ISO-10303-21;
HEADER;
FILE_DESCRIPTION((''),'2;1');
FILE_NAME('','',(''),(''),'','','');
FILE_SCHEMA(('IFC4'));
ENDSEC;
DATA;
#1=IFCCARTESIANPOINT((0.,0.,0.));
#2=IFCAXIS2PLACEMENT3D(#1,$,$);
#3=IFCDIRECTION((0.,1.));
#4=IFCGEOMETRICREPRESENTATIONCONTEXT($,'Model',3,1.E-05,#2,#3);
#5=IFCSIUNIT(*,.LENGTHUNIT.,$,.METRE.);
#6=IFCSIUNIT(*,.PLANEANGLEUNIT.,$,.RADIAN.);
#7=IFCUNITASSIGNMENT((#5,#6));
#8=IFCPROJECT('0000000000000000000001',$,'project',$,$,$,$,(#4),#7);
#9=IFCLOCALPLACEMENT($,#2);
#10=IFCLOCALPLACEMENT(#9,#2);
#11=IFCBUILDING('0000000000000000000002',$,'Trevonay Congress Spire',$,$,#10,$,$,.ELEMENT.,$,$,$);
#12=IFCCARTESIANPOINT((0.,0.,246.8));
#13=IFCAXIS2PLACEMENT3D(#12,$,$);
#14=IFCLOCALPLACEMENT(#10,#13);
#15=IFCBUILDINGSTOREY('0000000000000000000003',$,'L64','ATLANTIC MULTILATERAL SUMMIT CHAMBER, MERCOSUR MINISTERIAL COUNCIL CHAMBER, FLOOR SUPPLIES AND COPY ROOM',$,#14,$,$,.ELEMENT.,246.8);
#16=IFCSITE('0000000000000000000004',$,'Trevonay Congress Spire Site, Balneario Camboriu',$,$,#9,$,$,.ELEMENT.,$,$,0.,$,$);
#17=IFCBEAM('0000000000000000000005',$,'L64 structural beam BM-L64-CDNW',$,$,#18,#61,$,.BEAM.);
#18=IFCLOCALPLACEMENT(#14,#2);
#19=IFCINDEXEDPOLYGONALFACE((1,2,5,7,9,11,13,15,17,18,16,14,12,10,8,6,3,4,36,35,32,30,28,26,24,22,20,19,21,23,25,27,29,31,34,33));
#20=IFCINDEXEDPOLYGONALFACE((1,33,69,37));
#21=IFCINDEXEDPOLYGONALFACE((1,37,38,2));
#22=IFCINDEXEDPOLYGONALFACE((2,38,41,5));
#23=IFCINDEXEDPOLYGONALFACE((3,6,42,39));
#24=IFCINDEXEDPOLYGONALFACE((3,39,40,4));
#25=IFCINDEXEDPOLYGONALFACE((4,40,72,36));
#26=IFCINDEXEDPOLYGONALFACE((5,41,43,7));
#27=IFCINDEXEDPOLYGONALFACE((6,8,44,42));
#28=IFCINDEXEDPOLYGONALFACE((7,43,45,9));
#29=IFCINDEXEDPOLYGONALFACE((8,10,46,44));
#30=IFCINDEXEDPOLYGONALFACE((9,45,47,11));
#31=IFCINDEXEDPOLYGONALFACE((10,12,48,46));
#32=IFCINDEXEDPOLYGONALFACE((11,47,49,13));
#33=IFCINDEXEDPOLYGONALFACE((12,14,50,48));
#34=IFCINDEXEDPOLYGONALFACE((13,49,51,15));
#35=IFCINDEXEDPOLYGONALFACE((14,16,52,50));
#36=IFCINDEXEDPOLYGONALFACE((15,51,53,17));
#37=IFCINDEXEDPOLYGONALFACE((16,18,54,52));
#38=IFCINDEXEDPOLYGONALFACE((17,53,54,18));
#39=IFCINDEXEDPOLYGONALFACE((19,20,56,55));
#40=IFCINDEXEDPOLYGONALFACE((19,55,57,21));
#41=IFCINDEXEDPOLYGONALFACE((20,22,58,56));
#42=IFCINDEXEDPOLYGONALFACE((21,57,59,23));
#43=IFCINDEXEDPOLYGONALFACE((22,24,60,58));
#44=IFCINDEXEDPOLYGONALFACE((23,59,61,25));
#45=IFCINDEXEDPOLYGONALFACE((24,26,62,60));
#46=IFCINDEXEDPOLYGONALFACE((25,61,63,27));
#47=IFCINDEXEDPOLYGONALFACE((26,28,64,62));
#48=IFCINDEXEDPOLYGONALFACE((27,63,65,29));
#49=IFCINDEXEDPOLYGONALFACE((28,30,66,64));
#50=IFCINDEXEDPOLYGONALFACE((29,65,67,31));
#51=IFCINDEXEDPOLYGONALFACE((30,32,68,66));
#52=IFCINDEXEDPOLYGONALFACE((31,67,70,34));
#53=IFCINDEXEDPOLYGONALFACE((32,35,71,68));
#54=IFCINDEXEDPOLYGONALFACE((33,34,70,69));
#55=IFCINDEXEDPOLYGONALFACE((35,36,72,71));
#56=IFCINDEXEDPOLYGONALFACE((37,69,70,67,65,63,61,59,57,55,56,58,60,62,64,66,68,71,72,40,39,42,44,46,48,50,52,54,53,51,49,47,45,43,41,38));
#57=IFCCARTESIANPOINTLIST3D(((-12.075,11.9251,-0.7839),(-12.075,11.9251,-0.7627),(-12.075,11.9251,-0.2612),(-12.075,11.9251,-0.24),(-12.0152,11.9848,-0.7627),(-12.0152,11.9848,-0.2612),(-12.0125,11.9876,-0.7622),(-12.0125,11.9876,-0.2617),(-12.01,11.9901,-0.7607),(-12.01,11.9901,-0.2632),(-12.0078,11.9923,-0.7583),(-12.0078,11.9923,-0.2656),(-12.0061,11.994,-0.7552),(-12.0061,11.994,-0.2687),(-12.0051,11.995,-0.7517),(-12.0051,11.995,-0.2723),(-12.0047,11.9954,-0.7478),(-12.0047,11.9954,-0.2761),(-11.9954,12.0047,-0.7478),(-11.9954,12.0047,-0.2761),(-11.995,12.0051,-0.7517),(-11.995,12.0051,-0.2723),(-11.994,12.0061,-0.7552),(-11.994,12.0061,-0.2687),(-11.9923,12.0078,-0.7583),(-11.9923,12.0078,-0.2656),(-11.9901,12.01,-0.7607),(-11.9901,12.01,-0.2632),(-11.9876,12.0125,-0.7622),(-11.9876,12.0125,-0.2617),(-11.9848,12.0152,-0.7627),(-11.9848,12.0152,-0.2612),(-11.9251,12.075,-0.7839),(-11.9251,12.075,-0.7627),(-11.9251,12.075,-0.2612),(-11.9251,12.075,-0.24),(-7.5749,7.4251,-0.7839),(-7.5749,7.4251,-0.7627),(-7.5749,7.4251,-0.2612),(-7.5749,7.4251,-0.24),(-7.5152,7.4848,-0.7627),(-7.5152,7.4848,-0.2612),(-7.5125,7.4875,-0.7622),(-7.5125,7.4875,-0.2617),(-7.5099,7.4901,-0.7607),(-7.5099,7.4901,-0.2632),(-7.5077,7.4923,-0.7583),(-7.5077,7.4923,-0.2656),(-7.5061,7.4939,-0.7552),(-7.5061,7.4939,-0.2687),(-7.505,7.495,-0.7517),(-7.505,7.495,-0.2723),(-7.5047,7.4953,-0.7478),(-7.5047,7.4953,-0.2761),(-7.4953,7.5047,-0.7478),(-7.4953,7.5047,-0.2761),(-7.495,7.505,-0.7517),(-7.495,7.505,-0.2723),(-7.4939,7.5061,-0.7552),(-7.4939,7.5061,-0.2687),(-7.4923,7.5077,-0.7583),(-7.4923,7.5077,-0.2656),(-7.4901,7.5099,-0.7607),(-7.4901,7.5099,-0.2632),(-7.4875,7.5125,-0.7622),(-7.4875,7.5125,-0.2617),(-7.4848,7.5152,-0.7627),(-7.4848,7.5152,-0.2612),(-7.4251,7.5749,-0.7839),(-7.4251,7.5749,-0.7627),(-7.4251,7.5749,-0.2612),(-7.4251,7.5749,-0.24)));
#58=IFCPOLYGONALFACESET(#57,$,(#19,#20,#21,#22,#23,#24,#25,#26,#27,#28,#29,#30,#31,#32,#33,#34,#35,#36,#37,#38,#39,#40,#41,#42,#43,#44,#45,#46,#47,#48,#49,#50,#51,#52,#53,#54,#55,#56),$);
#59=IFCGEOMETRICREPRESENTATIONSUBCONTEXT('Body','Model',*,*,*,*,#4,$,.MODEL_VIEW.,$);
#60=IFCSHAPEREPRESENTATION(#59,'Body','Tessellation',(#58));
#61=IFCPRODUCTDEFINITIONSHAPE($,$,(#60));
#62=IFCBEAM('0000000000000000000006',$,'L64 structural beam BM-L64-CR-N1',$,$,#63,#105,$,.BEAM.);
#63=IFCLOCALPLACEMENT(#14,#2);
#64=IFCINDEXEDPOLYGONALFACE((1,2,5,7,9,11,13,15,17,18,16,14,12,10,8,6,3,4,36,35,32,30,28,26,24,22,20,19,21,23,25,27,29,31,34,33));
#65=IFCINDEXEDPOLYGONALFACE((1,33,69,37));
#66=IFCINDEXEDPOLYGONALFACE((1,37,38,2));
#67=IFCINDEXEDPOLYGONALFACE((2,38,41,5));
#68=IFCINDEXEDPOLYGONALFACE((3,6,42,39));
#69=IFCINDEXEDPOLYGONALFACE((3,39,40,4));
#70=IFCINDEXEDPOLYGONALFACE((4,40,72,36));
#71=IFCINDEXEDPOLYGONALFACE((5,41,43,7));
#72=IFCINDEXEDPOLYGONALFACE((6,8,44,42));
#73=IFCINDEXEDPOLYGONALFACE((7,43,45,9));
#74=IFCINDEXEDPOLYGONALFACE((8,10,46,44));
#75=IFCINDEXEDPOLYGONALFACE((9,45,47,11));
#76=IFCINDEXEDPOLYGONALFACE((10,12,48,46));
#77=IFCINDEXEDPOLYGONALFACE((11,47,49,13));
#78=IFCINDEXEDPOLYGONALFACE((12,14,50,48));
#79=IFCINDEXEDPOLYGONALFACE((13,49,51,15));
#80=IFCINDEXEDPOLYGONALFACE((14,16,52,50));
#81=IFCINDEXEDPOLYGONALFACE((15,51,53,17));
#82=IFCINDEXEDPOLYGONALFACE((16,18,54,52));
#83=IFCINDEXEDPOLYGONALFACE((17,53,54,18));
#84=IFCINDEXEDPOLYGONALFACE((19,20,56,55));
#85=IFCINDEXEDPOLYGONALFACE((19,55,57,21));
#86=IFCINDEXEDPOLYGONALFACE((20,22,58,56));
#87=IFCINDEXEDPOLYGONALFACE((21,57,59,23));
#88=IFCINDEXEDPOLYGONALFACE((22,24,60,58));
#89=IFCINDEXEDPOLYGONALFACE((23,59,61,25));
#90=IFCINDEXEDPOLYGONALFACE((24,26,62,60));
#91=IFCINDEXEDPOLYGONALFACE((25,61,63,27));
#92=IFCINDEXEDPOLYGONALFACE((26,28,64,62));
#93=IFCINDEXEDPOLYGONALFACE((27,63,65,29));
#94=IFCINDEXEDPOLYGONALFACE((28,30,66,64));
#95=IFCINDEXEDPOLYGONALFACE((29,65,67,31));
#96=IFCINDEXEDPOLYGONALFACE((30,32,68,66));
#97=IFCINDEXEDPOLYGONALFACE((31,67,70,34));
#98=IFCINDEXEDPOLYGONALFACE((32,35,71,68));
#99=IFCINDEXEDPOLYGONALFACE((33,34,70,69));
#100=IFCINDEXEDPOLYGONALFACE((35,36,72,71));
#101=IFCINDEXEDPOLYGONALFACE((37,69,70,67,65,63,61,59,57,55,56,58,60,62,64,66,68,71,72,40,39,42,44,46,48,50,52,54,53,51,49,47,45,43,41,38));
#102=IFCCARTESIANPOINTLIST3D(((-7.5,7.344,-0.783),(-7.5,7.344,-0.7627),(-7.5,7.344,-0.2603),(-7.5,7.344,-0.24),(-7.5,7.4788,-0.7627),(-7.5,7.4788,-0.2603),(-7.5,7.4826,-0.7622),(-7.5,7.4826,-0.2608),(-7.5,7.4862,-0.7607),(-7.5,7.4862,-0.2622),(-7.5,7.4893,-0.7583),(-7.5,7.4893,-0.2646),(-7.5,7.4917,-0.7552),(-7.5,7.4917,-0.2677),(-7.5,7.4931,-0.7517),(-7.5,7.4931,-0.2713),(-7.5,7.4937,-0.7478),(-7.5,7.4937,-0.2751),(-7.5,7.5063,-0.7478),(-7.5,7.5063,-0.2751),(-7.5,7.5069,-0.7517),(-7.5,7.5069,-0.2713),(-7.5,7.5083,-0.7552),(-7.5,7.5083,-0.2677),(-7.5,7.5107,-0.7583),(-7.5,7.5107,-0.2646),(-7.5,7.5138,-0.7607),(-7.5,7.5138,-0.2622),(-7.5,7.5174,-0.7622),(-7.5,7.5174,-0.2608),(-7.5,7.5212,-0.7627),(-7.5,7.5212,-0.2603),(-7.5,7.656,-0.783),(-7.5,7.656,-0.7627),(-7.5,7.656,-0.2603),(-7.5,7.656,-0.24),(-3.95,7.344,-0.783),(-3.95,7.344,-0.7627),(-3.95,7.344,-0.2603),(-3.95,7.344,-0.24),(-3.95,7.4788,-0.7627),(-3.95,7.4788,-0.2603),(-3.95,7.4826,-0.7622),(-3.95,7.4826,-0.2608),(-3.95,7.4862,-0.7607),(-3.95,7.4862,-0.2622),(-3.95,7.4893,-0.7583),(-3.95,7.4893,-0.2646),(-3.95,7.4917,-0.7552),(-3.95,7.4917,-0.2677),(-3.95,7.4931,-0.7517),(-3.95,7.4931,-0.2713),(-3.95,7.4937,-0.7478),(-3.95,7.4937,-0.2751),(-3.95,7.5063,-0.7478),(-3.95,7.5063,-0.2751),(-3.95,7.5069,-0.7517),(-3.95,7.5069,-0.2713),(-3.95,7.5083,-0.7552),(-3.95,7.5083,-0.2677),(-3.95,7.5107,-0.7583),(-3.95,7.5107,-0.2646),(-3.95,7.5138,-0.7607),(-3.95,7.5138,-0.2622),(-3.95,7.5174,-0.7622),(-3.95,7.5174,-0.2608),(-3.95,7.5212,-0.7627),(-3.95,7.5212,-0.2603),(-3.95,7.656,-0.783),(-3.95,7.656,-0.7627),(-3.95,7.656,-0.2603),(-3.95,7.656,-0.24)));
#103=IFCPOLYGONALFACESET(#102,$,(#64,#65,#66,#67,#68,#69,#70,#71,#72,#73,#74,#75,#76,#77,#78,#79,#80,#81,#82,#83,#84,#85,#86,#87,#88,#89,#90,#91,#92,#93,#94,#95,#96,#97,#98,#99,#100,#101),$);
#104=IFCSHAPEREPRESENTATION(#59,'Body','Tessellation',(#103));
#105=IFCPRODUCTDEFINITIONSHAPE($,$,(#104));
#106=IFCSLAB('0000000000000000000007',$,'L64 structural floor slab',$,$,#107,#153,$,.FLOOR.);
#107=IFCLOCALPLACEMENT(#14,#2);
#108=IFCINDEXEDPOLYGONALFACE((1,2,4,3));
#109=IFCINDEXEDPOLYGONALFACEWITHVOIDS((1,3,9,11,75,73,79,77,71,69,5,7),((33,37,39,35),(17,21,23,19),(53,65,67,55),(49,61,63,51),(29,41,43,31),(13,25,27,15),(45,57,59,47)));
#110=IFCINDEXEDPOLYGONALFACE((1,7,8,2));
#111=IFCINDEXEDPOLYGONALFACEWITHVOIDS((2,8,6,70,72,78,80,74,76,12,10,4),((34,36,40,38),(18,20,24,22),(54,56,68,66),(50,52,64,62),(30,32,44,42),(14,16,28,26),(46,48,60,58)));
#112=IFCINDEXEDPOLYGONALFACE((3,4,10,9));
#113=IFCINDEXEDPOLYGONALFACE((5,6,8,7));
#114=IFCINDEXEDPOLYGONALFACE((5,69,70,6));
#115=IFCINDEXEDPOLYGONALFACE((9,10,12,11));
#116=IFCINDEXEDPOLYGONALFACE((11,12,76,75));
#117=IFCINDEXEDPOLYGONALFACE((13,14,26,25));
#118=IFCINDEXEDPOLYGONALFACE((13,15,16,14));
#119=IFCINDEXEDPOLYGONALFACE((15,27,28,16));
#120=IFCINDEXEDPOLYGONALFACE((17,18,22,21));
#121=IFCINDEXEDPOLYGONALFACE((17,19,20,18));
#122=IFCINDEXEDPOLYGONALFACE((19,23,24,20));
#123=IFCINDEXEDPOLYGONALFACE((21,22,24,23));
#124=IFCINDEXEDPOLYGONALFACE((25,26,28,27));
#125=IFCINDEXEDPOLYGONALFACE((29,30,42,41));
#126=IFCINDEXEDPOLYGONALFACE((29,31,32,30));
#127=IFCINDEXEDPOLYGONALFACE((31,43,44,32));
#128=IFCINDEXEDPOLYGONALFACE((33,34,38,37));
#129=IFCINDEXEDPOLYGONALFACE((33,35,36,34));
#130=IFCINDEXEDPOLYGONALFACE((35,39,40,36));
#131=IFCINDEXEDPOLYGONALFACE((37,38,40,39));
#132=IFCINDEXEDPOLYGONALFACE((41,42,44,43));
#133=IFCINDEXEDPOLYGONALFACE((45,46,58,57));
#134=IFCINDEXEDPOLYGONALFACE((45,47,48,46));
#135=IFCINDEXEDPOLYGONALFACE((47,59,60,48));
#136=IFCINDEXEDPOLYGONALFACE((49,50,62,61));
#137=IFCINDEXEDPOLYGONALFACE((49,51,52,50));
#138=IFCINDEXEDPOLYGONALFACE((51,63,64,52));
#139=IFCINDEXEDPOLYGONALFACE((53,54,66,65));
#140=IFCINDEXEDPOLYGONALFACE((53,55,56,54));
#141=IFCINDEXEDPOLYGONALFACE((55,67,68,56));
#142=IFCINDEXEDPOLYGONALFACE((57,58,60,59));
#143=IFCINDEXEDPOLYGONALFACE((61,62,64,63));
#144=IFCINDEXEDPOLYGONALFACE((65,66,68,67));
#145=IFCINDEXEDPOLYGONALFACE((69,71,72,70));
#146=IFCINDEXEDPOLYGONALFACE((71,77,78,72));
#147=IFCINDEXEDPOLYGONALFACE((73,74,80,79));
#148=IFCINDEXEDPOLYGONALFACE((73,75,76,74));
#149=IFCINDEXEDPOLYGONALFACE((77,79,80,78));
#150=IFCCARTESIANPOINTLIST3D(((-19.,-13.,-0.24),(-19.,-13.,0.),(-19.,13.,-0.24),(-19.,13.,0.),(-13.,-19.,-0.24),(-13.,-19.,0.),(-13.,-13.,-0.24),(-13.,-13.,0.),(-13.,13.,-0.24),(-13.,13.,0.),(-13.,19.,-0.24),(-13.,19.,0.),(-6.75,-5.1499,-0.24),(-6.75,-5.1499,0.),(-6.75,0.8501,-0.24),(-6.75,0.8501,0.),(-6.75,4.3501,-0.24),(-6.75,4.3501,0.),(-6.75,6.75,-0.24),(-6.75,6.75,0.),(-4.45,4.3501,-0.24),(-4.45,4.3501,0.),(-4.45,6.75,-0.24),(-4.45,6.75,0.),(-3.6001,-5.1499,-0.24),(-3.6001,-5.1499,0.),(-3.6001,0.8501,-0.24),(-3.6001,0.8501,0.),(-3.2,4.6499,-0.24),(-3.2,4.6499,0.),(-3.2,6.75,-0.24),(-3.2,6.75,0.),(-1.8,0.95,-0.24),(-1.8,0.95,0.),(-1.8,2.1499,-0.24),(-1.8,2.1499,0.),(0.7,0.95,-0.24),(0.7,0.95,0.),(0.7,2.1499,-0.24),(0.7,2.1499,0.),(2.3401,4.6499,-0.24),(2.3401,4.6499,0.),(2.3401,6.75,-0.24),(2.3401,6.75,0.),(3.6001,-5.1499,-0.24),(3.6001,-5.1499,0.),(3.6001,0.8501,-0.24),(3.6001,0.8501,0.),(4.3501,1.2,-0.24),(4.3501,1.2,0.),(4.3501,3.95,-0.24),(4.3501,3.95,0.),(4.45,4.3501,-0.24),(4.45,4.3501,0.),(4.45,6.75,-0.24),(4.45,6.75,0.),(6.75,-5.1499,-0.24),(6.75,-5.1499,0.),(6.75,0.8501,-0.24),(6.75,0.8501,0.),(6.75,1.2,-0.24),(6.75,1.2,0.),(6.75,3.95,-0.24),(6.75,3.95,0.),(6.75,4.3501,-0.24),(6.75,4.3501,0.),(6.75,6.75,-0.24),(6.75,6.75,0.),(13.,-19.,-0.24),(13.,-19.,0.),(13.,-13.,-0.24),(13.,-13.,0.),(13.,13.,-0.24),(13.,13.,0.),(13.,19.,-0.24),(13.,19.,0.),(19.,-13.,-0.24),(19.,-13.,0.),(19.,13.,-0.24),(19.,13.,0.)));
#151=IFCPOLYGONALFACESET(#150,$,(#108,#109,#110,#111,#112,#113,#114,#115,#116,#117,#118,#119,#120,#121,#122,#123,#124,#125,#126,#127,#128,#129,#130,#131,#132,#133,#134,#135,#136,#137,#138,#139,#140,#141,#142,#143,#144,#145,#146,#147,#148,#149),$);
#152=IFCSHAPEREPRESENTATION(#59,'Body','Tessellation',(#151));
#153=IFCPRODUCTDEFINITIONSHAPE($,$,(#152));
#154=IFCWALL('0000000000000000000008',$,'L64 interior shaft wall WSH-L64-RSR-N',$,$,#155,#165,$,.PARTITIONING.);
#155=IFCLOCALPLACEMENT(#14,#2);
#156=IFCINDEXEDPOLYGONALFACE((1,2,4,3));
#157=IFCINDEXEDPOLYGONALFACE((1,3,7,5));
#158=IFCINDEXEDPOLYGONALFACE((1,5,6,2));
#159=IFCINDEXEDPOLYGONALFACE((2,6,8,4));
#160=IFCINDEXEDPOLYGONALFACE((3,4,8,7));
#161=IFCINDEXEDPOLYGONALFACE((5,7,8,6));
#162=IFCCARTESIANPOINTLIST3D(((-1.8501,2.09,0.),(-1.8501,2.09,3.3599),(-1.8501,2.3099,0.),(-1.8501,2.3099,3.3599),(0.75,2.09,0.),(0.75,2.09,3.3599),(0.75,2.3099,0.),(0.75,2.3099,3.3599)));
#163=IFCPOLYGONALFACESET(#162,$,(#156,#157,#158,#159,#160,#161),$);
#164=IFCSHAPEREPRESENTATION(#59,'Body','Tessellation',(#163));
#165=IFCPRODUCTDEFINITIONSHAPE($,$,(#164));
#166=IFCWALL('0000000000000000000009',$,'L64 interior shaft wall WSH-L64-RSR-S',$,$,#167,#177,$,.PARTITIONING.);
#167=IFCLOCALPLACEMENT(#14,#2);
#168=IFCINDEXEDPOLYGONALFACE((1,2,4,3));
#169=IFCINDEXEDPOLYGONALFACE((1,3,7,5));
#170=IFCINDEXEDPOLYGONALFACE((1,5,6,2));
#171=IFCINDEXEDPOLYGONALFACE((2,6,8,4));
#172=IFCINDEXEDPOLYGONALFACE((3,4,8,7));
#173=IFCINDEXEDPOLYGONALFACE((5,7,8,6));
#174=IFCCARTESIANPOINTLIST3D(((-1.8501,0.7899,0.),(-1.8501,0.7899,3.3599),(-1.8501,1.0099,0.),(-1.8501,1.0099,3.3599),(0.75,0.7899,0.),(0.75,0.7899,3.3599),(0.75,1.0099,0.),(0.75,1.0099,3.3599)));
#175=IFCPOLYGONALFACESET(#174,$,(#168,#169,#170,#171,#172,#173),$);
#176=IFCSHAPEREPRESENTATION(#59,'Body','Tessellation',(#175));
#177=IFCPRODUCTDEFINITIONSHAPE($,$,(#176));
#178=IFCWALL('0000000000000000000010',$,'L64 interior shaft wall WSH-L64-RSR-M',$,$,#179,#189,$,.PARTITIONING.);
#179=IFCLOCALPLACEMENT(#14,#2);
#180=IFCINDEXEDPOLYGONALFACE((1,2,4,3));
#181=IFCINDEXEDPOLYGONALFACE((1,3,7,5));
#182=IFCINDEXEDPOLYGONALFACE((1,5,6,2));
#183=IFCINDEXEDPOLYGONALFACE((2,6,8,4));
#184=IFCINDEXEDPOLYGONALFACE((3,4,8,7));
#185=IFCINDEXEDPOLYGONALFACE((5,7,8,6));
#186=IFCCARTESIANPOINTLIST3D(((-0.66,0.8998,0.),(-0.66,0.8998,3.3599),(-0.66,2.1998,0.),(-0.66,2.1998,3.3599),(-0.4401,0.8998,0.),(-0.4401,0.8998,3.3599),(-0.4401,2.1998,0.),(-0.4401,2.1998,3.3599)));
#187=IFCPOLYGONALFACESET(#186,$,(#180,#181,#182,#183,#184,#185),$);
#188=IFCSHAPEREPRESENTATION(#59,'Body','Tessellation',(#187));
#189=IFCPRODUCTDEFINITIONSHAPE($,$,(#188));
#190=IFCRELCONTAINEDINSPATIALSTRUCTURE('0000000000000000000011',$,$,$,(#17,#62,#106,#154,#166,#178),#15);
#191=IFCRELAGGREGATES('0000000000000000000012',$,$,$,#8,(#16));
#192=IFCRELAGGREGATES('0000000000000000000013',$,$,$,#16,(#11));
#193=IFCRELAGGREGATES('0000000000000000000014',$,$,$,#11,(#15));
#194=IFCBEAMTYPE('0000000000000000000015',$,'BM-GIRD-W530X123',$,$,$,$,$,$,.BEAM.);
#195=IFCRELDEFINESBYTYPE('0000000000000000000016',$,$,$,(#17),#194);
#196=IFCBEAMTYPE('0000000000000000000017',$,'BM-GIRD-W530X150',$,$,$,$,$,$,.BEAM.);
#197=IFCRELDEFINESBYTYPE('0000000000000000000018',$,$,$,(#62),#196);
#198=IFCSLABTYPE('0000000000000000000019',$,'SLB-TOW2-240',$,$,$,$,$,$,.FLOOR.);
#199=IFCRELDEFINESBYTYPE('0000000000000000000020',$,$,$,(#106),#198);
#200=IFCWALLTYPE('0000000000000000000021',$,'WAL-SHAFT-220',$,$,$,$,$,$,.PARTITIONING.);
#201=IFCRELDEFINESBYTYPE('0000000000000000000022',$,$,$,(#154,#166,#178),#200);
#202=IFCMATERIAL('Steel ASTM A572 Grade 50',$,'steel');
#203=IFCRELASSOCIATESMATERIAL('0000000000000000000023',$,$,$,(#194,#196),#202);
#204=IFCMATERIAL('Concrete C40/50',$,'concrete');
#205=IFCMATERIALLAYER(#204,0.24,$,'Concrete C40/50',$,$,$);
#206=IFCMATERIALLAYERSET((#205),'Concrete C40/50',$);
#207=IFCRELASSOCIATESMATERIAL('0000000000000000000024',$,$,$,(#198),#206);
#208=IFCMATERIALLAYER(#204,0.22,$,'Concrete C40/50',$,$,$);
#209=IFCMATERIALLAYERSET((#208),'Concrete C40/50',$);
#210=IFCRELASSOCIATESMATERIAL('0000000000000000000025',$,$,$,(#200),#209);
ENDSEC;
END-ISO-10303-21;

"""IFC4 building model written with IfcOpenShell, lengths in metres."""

from ifc_helpers import new_model, si_unit, direction, frame, frame_2d, origin, origin_2d, place, context, subcontext, project, spatial, polyline, rectangle, i_section, outline, extrude, material, layer, layer_set, material_profile, profile_set, type_object, element, save


model = new_model("IFC4")

# Units and contexts
model_context = context("Model", 3, precision=1e-05, world=origin(), true_north=direction((0.0, 1.0)))
body_context = subcontext(model_context, "Body", "Model", "MODEL_VIEW")
ifc_project = project(units=[si_unit("LENGTHUNIT", "METRE"), si_unit("PLANEANGLEUNIT", "RADIAN")], contexts=[model_context])

# Site, building, storey
site_placement = place(None, origin())
site = spatial("IfcSite", under=ifc_project, at=site_placement, Name="Trevonay Congress Spire Site, Balneario Camboriu", CompositionType="ELEMENT", RefElevation=0.0)
building_placement = place(site_placement, origin())
building = spatial("IfcBuilding", under=site, at=building_placement, Name="Trevonay Congress Spire", CompositionType="ELEMENT")
storey_placement = place(building_placement, frame((0.0, 0.0, 246.8)))
storey = spatial("IfcBuildingStorey", under=building, at=storey_placement, Name="L64", Description="ATLANTIC MULTILATERAL SUMMIT CHAMBER, MERCOSUR MINISTERIAL COUNCIL CHAMBER, FLOOR SUPPLIES AND COPY ROOM", CompositionType="ELEMENT", Elevation=246.8)

# Beams
ifc_material_1 = material(Name="Steel ASTM A572 Grade 50", Category="steel")
ifc_material_profile_1 = material_profile(ifc_material_1, i_section(OverallWidth=0.2119, OverallDepth=0.5439, WebThickness=0.0132, FlangeThickness=0.0212, FilletRadius=0.0149, at=origin_2d()), Name="W530x123")
ifc_profile_set_1 = profile_set([ifc_material_profile_1], Name="Steel ASTM A572 Grade 50")
beam_type_1 = type_object("IfcBeamType", Name="BM-GIRD-W530X123", PredefinedType="BEAM", material=ifc_profile_set_1)
beam_1_placement = place(storey_placement, frame((-7.5, 7.5, -0.512), z_axis=(-0.707107, 0.707107, 0.0), x_axis=(-0.707107, -0.707107, 0.0)))
element("IfcBeam", 1, at=beam_1_placement, inside=storey, type_object=beam_type_1, Name="L64 structural beam BM-L64-CDNW", PredefinedType="BEAM", context=body_context, shape_type="SweptSolid", body=[
    extrude(i_section(OverallWidth=0.2119, OverallDepth=0.5439, WebThickness=0.0132, FlangeThickness=0.0212, FilletRadius=0.0149, at=origin_2d()), origin(), (0.0, 0.0, 1.0), 6.364),
])
ifc_material_profile_2 = material_profile(ifc_material_1, i_section(OverallWidth=0.312, OverallDepth=0.543, WebThickness=0.0127, FlangeThickness=0.0203, FilletRadius=0.0149, at=origin_2d()), Name="W530x150")
ifc_profile_set_2 = profile_set([ifc_material_profile_2], Name="Steel ASTM A572 Grade 50")
beam_type_2 = type_object("IfcBeamType", Name="BM-GIRD-W530X150", PredefinedType="BEAM", material=ifc_profile_set_2)
beam_2_placement = place(storey_placement, frame((-7.5, 7.5, -0.5115), z_axis=(1.0, 0.0, 0.0), x_axis=(0.0, 1.0, 0.0)))
element("IfcBeam", 2, at=beam_2_placement, inside=storey, type_object=beam_type_2, Name="L64 structural beam BM-L64-CR-N1", PredefinedType="BEAM", context=body_context, shape_type="SweptSolid", body=[
    extrude(i_section(OverallWidth=0.312, OverallDepth=0.543, WebThickness=0.0127, FlangeThickness=0.0203, FilletRadius=0.0149, at=origin_2d()), origin(), (0.0, 0.0, 1.0), 3.55),
])

# Slab
ifc_material_2 = material(Name="Concrete C40/50", Category="concrete")
ifc_layer_1 = layer(ifc_material_2, 0.24, Name="Concrete C40/50")
ifc_layer_set_1 = layer_set([ifc_layer_1], Name="Concrete C40/50")
slab_type = type_object("IfcSlabType", Name="SLB-TOW2-240", PredefinedType="FLOOR", material=ifc_layer_set_1)
slab_placement = place(storey_placement, frame((0.0, 0.0, -0.24)))
element("IfcSlab", 3, at=slab_placement, inside=storey, type_object=slab_type, Name="L64 structural floor slab", PredefinedType="FLOOR", context=body_context, shape_type="SweptSolid", body=[
    extrude(outline(polyline([(-13.0, -19.0), (13.0, -19.0), (13.0, -13.0), (19.0, -13.0), (19.0, 13.0), (13.0, 13.0), (13.0, 19.0), (-13.0, 19.0), (-13.0, 13.0), (-19.0, 13.0), (-19.0, -13.0), (-13.0, -13.0), (-13.0, -19.0)]), holes=[polyline([(-3.6001, -5.1499), (-3.6001, 0.8501), (-6.75, 0.8501), (-6.75, -5.1499), (-3.6001, -5.1499)]), polyline([(6.75, -5.1499), (6.75, 0.8501), (3.6001, 0.8501), (3.6001, -5.1499), (6.75, -5.1499)]), polyline([(-3.2, 4.6499), (2.3401, 4.6499), (2.3401, 6.75), (-3.2, 6.75), (-3.2, 4.6499)]), polyline([(-6.75, 4.3501), (-4.45, 4.3501), (-4.45, 6.75), (-6.75, 6.75), (-6.75, 4.3501)]), polyline([(4.45, 4.3501), (6.75, 4.3501), (6.75, 6.75), (4.45, 6.75), (4.45, 4.3501)]), polyline([(4.3501, 1.2), (6.75, 1.2), (6.75, 3.95), (4.3501, 3.95), (4.3501, 1.2)]), polyline([(-1.8, 0.95), (0.7, 0.95), (0.7, 2.1499), (-1.8, 2.1499), (-1.8, 0.95)])]), origin(), (0.0, 0.0, 1.0), 0.24),
])

# Walls
ifc_layer_2 = layer(ifc_material_2, 0.22, Name="Concrete C40/50")
ifc_layer_set_2 = layer_set([ifc_layer_2], Name="Concrete C40/50")
wall_type_1 = type_object("IfcWallType", Name="WAL-SHAFT-220", PredefinedType="PARTITIONING", material=ifc_layer_set_2)
for number, where, z_axis, x_axis, name in (
    (4, (-1.8501, 2.2, 0.0), (0.0, 0.0, 1.0), (1.0, 0.0, 0.0), "L64 interior shaft wall WSH-L64-RSR-N"),
    (5, (-1.8501, 0.8999, 0.0), (0.0, 0.0, 1.0), (1.0, 0.0, 0.0), "L64 interior shaft wall WSH-L64-RSR-S"),
):
    element("IfcWall", number, at=place(storey_placement, frame(where, z_axis=z_axis, x_axis=x_axis)), inside=storey, type_object=wall_type_1, Name=name, PredefinedType="PARTITIONING", context=body_context, shape_type="SweptSolid", body=[
        extrude(rectangle(XDim=2.6001, YDim=0.22, at=frame_2d((1.3, 0.0))), origin(), (0.0, 0.0, 1.0), 3.3599),
    ])
for number, where, z_axis, x_axis, name in (
    (6, (-0.55, 0.8999, 0.0), (0.0, 0.0, 1.0), (0.0, 1.0, 0.0), "L64 interior shaft wall WSH-L64-RSR-M"),
):
    element("IfcWall", number, at=place(storey_placement, frame(where, z_axis=z_axis, x_axis=x_axis)), inside=storey, type_object=wall_type_1, Name=name, PredefinedType="PARTITIONING", context=body_context, shape_type="SweptSolid", body=[
        extrude(rectangle(XDim=1.3, YDim=0.22, at=frame_2d((0.6499, 0.0))), origin(), (0.0, 0.0, 1.0), 3.3599),
    ])

save(model, "model.ifc")
